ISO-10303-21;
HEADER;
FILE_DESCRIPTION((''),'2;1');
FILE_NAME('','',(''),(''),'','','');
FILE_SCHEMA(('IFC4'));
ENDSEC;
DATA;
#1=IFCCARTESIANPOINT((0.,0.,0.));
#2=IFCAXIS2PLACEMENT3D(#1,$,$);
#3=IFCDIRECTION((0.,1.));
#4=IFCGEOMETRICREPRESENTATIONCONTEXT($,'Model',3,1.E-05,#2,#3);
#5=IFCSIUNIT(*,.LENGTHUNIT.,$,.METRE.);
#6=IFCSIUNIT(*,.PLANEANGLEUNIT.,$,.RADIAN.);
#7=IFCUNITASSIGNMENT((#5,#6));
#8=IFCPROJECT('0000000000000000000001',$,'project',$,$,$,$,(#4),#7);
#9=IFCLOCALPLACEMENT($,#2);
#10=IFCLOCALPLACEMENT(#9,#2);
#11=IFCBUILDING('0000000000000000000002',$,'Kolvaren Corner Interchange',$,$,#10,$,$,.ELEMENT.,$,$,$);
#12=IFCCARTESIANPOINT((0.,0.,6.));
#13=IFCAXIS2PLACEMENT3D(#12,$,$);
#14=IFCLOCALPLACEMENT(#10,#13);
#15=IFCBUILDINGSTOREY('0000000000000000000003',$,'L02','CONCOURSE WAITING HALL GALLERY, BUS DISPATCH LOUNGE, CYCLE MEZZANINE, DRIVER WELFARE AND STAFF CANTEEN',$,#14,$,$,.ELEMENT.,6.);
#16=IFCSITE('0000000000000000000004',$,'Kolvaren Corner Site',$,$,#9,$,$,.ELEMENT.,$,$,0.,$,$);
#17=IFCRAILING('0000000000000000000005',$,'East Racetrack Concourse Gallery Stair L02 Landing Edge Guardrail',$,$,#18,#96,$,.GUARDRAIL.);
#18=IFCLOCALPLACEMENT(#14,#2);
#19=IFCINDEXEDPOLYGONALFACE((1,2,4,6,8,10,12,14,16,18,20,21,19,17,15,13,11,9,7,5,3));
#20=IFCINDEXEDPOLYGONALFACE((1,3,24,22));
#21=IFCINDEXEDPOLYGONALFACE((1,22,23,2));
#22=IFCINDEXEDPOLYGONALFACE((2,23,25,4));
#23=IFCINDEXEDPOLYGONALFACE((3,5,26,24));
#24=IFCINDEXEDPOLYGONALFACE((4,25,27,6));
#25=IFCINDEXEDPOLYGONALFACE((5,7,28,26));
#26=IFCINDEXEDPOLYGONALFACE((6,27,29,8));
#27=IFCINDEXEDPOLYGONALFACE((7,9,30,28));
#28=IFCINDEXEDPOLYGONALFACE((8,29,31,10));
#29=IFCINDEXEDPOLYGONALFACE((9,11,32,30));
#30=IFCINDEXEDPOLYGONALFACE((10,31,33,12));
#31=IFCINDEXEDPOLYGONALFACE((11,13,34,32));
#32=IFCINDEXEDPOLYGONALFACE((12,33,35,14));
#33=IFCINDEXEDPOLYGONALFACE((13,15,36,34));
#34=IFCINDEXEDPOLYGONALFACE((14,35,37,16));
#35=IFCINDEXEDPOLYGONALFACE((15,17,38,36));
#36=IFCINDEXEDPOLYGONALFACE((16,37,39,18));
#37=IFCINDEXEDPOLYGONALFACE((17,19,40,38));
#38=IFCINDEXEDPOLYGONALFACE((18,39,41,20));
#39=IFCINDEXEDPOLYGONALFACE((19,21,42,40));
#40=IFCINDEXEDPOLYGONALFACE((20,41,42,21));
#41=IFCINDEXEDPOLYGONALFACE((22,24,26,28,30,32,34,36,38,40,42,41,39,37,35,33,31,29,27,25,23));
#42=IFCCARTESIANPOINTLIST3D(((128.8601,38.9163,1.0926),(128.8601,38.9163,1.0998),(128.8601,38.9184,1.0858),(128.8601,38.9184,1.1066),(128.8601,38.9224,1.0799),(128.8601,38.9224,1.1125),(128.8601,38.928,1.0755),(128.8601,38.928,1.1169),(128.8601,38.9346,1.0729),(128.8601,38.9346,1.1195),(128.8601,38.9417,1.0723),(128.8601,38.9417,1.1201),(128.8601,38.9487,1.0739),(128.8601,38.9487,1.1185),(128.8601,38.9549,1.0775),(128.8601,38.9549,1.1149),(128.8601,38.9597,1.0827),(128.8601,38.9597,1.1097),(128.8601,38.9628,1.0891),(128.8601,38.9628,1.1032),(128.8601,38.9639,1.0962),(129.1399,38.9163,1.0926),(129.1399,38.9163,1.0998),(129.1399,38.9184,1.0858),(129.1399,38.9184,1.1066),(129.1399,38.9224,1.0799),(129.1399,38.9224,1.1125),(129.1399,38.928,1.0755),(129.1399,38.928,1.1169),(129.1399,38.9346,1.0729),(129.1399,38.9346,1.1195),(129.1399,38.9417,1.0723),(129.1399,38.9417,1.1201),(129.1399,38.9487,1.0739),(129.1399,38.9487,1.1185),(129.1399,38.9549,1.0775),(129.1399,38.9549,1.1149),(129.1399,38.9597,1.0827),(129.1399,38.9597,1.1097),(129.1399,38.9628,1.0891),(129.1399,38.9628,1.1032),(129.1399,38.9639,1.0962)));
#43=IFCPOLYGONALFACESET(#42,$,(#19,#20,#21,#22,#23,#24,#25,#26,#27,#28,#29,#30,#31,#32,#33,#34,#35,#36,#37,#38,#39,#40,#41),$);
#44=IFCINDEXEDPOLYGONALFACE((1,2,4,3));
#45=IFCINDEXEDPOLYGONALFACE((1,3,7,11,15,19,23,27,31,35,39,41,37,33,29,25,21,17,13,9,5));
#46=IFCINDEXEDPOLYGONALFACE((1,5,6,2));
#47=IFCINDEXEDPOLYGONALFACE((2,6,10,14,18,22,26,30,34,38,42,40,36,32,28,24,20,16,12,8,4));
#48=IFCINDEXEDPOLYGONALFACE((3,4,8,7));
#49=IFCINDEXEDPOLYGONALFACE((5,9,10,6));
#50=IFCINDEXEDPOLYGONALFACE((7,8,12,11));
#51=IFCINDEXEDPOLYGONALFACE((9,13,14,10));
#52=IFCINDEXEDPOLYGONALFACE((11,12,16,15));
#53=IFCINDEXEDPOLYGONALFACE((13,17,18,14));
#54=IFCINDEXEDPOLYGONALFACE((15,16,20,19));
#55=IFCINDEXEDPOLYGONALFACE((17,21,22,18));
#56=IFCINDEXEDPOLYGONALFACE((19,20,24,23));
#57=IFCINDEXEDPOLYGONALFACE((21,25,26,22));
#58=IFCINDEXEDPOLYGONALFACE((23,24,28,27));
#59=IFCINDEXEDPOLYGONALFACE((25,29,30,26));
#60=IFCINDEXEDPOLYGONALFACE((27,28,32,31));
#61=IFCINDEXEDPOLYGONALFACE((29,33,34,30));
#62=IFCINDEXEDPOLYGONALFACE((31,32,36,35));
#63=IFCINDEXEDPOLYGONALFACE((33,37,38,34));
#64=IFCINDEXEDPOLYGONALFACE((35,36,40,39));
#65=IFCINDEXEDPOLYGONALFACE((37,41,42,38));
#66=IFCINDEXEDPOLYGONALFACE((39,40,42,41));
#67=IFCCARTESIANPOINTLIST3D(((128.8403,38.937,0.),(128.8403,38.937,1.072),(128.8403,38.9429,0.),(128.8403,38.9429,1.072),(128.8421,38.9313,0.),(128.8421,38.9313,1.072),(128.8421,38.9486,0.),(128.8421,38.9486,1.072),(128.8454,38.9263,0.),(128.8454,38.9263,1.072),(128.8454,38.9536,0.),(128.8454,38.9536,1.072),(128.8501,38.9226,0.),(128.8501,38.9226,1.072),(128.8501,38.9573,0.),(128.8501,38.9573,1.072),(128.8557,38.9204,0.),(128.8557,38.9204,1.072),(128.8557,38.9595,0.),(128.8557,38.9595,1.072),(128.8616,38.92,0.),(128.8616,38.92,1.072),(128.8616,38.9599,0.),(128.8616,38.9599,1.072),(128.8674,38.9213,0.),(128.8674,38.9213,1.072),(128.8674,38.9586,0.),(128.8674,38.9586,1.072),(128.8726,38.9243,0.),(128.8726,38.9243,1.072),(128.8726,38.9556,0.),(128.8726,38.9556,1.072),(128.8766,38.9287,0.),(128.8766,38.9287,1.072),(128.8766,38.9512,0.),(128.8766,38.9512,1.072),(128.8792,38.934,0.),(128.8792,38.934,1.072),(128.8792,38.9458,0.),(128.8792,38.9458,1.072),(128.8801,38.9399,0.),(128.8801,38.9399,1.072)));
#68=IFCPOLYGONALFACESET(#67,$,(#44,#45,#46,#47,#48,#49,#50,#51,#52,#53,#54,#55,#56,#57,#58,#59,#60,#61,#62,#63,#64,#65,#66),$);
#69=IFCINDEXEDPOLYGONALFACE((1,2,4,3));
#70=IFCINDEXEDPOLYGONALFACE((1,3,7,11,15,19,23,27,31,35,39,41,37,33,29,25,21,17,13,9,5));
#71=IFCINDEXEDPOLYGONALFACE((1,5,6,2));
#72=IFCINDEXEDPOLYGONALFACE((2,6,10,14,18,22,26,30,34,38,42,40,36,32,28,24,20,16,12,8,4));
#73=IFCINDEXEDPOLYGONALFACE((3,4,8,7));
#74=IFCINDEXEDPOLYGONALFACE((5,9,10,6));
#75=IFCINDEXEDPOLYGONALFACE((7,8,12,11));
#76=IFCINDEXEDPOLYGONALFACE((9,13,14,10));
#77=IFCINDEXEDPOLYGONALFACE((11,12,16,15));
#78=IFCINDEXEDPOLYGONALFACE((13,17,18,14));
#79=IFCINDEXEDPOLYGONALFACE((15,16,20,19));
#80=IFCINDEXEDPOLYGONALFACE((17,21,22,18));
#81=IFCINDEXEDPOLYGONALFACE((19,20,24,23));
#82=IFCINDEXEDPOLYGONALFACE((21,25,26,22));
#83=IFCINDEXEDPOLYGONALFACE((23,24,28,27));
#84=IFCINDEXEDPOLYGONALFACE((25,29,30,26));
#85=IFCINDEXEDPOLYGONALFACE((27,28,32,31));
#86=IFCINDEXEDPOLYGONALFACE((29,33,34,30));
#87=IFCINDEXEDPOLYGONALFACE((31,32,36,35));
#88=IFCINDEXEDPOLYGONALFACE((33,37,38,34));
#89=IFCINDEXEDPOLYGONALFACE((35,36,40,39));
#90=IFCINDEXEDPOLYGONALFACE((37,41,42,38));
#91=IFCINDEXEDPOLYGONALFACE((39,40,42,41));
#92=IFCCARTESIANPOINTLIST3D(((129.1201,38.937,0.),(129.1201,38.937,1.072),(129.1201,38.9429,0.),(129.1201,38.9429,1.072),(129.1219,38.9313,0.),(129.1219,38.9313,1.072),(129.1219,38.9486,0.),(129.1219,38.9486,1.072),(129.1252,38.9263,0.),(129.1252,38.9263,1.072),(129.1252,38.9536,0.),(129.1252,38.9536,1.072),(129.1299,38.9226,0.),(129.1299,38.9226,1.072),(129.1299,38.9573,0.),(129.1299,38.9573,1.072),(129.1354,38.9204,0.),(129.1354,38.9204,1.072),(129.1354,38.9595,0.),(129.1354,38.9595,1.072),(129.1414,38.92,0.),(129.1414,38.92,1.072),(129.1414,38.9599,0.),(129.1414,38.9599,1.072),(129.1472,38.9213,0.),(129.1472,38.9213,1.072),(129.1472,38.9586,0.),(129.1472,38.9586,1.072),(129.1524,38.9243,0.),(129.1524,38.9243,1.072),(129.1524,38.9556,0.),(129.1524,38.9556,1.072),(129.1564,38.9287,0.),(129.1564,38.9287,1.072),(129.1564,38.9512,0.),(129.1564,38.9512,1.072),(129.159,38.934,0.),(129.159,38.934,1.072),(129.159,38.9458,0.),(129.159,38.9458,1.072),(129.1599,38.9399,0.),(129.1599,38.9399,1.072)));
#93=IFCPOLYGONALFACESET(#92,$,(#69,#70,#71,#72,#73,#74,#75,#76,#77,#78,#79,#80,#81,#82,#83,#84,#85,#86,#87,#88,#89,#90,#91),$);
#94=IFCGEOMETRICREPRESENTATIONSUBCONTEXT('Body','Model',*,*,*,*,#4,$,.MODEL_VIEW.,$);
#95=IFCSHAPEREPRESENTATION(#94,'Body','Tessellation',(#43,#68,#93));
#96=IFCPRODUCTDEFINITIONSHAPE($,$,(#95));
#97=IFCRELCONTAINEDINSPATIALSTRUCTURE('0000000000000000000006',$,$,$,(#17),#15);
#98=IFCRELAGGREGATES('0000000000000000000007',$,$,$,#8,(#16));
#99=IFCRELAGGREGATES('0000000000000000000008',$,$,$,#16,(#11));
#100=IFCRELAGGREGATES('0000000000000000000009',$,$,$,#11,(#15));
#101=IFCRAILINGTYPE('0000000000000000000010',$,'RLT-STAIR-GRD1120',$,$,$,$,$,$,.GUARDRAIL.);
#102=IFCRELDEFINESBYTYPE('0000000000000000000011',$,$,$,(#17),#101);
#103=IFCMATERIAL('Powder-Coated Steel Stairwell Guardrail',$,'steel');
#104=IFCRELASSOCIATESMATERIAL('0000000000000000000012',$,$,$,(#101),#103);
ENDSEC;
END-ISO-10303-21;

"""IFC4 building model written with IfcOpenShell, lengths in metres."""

from ifc_helpers import new_model, si_unit, direction, frame, origin, origin_2d, place, context, subcontext, project, spatial, circle, extrude, material, type_object, element, save


model = new_model("IFC4")

# Units and contexts
model_context = context("Model", 3, precision=1e-05, world=origin(), true_north=direction((0.0, 1.0)))
body_context = subcontext(model_context, "Body", "Model", "MODEL_VIEW")
ifc_project = project(units=[si_unit("LENGTHUNIT", "METRE"), si_unit("PLANEANGLEUNIT", "RADIAN")], contexts=[model_context])

# Site, building, storey
site_placement = place(None, origin())
site = spatial("IfcSite", under=ifc_project, at=site_placement, Name="Kolvaren Corner Site", CompositionType="ELEMENT", RefElevation=0.0)
building_placement = place(site_placement, origin())
building = spatial("IfcBuilding", under=site, at=building_placement, Name="Kolvaren Corner Interchange", CompositionType="ELEMENT")
storey_placement = place(building_placement, frame((0.0, 0.0, 6.0)))
storey = spatial("IfcBuildingStorey", under=building, at=storey_placement, Name="L02", Description="CONCOURSE WAITING HALL GALLERY, BUS DISPATCH LOUNGE, CYCLE MEZZANINE, DRIVER WELFARE AND STAFF CANTEEN", CompositionType="ELEMENT", Elevation=6.0)

# Railing
ifc_material_1 = material(Name="Powder-Coated Steel Stairwell Guardrail", Category="steel")
railing_type_1 = type_object("IfcRailingType", Name="RLT-STAIR-GRD1120", PredefinedType="GUARDRAIL", material=ifc_material_1)
for number, where, name in (
    (1, (128.8601, 38.9399, 0.0), "East Racetrack Concourse Gallery Stair L02 Landing Edge Guardrail"),
):
    element("IfcRailing", number, at=place(storey_placement, frame(where)), inside=storey, type_object=railing_type_1, Name=name, PredefinedType="GUARDRAIL", context=body_context, shape_type="SweptSolid", body=[
        extrude(circle(Radius=0.0239, at=origin_2d()), frame((0.0, 0.0, 1.0962), z_axis=(1.0, 0.0, 0.0), x_axis=(0.0, 1.0, 0.0)), (0.0, 0.0, 1.0), 0.2798),
        extrude(circle(Radius=0.02, at=origin_2d()), origin(), (0.0, 0.0, 1.0), 1.072),
        extrude(circle(Radius=0.02, at=origin_2d()), frame((0.2798, 0.0, 0.0)), (0.0, 0.0, 1.0), 1.072),
    ])

save(model, "model.ifc")
